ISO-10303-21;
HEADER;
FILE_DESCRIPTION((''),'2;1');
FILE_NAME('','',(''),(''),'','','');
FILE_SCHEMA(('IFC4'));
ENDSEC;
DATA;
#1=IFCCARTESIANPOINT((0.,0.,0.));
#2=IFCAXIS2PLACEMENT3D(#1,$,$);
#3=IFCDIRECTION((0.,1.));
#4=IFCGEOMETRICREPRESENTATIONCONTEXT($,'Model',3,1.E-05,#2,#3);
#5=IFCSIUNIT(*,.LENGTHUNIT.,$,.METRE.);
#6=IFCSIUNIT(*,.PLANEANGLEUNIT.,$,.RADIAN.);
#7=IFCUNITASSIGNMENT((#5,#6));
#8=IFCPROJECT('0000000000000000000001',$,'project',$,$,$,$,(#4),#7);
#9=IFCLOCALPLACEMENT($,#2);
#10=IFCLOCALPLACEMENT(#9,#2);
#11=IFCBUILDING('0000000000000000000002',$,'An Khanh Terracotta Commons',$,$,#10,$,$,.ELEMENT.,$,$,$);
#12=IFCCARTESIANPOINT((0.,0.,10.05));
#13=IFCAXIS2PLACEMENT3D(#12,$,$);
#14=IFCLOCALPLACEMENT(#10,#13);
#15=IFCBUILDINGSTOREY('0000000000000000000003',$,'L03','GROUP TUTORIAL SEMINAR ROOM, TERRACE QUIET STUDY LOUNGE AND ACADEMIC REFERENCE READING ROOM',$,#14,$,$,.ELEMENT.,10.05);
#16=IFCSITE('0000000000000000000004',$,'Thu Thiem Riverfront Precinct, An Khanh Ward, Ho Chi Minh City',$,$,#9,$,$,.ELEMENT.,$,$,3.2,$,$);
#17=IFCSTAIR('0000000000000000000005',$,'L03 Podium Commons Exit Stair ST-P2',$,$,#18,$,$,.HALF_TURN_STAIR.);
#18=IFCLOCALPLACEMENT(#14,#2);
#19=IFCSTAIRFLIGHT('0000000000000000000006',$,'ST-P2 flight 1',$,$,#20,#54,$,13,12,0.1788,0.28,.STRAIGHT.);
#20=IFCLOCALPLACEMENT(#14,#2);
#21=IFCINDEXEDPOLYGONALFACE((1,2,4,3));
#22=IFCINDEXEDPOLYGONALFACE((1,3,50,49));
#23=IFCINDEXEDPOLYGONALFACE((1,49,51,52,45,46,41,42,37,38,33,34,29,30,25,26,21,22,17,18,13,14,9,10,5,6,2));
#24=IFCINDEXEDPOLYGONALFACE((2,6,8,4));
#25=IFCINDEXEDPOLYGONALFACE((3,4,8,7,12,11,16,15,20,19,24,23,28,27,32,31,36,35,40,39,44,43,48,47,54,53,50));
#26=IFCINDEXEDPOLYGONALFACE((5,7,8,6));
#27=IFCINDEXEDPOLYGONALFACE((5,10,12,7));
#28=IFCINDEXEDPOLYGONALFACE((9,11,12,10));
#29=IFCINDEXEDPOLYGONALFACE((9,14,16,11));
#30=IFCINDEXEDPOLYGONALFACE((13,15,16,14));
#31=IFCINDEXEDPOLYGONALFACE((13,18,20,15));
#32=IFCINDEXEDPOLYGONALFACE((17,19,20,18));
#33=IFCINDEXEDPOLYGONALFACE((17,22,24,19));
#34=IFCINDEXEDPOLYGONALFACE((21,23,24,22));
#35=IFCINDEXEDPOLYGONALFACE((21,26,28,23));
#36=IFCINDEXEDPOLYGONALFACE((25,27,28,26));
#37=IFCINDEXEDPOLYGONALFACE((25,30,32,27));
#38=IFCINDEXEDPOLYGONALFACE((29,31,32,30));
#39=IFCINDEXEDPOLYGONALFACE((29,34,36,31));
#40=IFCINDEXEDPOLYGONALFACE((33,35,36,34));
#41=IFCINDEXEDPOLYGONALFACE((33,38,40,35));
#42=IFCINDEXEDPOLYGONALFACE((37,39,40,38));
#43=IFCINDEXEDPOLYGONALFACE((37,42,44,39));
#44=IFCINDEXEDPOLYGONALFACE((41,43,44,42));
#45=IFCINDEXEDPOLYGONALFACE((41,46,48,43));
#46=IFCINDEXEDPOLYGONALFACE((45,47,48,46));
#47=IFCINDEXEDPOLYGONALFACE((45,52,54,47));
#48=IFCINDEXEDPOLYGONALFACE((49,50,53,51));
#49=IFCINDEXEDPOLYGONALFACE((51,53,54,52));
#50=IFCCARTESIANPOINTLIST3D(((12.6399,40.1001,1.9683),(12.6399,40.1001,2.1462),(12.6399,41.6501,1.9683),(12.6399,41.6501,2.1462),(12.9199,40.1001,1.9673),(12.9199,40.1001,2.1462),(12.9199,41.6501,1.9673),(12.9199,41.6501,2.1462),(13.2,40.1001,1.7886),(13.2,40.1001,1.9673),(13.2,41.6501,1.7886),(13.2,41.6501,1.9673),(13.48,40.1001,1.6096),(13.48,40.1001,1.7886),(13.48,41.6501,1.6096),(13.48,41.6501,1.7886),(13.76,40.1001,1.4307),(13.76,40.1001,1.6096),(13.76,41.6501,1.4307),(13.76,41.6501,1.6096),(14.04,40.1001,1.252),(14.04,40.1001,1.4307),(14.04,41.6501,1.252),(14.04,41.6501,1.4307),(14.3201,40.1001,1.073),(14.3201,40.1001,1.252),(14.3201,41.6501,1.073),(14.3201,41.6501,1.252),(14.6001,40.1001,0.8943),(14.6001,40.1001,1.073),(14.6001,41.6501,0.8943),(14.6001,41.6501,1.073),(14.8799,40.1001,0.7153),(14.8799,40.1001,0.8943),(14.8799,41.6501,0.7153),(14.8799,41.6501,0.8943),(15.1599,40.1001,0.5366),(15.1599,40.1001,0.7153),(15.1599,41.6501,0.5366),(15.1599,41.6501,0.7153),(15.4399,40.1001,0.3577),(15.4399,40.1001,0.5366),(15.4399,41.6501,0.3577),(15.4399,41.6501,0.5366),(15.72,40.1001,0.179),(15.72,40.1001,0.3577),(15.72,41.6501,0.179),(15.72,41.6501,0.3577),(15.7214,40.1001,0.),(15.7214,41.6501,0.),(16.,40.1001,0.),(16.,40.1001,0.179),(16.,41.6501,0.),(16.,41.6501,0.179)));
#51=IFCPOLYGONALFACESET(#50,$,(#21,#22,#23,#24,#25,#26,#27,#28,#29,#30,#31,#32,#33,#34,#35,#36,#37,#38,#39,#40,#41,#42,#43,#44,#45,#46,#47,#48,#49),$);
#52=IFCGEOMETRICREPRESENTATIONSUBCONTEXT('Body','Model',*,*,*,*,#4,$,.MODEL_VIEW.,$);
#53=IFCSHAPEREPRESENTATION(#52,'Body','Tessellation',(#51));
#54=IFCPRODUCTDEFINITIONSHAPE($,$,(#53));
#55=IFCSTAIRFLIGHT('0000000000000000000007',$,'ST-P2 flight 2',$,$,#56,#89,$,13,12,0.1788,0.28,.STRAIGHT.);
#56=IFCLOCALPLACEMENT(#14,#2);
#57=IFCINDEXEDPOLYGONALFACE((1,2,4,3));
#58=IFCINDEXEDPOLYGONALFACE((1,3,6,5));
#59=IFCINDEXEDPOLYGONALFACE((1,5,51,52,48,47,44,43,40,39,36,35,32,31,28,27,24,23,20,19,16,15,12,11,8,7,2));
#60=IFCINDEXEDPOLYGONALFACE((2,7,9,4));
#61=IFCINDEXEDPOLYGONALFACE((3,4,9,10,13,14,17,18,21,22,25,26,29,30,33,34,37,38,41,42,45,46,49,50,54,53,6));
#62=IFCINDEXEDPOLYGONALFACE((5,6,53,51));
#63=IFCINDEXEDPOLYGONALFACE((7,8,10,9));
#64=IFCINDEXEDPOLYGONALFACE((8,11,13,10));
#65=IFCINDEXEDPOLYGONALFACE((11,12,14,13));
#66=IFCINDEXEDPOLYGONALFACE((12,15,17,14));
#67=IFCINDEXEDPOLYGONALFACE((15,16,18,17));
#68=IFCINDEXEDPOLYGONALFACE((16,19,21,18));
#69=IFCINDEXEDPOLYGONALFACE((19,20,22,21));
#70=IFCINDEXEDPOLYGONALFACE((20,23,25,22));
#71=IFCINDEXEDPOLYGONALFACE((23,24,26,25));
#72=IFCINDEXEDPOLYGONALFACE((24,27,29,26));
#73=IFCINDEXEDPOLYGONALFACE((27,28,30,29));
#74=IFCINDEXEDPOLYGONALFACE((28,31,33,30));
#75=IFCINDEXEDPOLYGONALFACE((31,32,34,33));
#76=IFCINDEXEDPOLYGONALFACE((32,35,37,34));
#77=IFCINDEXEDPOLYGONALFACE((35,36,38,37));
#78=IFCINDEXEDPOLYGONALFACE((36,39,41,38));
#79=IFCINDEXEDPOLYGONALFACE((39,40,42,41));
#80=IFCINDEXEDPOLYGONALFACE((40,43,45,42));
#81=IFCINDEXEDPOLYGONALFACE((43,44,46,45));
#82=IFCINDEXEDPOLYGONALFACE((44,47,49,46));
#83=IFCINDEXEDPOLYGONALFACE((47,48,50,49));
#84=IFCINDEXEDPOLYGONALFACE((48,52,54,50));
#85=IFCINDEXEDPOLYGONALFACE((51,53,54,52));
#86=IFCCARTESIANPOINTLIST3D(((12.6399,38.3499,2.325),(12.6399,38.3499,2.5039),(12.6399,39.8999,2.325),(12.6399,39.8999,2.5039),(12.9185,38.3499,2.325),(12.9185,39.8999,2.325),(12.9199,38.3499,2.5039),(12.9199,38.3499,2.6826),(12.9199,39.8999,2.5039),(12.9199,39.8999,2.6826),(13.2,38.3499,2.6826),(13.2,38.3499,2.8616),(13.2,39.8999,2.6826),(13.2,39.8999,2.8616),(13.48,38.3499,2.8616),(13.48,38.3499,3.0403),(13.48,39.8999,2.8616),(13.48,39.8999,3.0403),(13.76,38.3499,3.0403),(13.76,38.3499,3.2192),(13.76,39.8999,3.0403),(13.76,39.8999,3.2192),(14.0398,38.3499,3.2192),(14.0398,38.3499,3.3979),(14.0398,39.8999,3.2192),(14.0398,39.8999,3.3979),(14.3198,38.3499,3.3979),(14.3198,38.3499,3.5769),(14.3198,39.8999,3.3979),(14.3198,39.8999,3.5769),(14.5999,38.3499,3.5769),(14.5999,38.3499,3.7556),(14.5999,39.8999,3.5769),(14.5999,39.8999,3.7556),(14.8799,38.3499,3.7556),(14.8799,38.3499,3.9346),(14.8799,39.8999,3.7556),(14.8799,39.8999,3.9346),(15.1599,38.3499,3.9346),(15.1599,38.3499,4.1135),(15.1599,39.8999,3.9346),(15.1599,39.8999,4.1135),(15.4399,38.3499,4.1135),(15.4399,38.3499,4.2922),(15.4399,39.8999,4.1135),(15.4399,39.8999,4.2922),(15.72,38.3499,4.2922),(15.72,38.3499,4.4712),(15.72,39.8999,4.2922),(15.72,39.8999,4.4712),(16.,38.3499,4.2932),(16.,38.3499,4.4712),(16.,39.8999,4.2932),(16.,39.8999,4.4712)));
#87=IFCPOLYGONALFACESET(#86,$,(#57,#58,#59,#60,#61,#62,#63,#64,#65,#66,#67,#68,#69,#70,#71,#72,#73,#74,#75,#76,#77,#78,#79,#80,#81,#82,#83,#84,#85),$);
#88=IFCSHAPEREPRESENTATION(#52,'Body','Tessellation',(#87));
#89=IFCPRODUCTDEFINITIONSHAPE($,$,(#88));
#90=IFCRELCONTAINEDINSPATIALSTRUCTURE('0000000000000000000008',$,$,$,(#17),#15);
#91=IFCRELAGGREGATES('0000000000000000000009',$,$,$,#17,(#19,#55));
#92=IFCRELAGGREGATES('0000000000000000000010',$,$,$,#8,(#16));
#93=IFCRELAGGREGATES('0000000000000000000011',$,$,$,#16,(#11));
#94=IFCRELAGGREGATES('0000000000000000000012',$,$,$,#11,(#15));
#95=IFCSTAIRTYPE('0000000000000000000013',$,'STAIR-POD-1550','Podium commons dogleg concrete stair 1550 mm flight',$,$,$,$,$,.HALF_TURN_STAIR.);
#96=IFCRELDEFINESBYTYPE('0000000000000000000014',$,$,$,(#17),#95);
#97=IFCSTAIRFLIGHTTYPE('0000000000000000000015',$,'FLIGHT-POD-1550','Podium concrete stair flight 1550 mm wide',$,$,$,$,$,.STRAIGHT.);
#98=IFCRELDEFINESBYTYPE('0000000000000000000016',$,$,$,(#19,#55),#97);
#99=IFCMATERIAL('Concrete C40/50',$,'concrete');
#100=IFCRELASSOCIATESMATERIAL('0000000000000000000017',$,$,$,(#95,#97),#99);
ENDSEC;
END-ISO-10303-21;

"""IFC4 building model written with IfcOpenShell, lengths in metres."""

from ifc_helpers import new_model, si_unit, direction, frame, origin, place, context, subcontext, project, spatial, polyline, outline, extrude, material, type_object, element, aggregate, save


model = new_model("IFC4")

# Units and contexts
model_context = context("Model", 3, precision=1e-05, world=origin(), true_north=direction((0.0, 1.0)))
body_context = subcontext(model_context, "Body", "Model", "MODEL_VIEW")
ifc_project = project(units=[si_unit("LENGTHUNIT", "METRE"), si_unit("PLANEANGLEUNIT", "RADIAN")], contexts=[model_context])

# Site, building, storey
site_placement = place(None, origin())
site = spatial("IfcSite", under=ifc_project, at=site_placement, Name="Thu Thiem Riverfront Precinct, An Khanh Ward, Ho Chi Minh City", CompositionType="ELEMENT", RefElevation=3.2)
building_placement = place(site_placement, origin())
building = spatial("IfcBuilding", under=site, at=building_placement, Name="An Khanh Terracotta Commons", CompositionType="ELEMENT")
storey_placement = place(building_placement, frame((0.0, 0.0, 10.05)))
storey = spatial("IfcBuildingStorey", under=building, at=storey_placement, Name="L03", Description="GROUP TUTORIAL SEMINAR ROOM, TERRACE QUIET STUDY LOUNGE AND ACADEMIC REFERENCE READING ROOM", CompositionType="ELEMENT", Elevation=10.05)

# Stair, stair flights
ifc_material_1 = material(Name="Concrete C40/50", Category="concrete")
stair_type = type_object("IfcStairType", Name="STAIR-POD-1550", Description="Podium commons dogleg concrete stair 1550 mm flight", PredefinedType="HALF_TURN_STAIR", material=ifc_material_1)
stair_placement = place(storey_placement, origin())
stair = element("IfcStair", 1, at=stair_placement, inside=storey, type_object=stair_type, Name="L03 Podium Commons Exit Stair ST-P2", PredefinedType="HALF_TURN_STAIR")
stair_flight_type = type_object("IfcStairFlightType", Name="FLIGHT-POD-1550", Description="Podium concrete stair flight 1550 mm wide", PredefinedType="STRAIGHT", material=ifc_material_1)
stair_flight_1_placement = place(storey_placement, frame((16.0, 40.875, 0.0), z_axis=(0.0, 0.0, 1.0), x_axis=(-1.0, 0.0, 0.0)))
stair_flight_1 = element("IfcStairFlight", 2, at=stair_flight_1_placement, type_object=stair_flight_type, Name="ST-P2 flight 1", NumberOfRisers=13, NumberOfTreads=12, PredefinedType="STRAIGHT", RiserHeight=0.1788, TreadLength=0.28, context=body_context, shape_type="SweptSolid", body=[
    extrude(outline(polyline([(0.0, 0.0), (0.0, 0.179), (0.28, 0.179), (0.28, 0.3577), (0.5601, 0.3577), (0.5601, 0.5366), (0.8401, 0.5366), (0.8401, 0.7153), (1.1201, 0.7153), (1.1201, 0.8943), (1.3999, 0.8943), (1.3999, 1.073), (1.6799, 1.073), (1.6799, 1.252), (1.96, 1.252), (1.96, 1.4307), (2.24, 1.4307), (2.24, 1.6096), (2.52, 1.6096), (2.52, 1.7886), (2.8, 1.7886), (2.8, 1.9673), (3.0801, 1.9673), (3.0801, 2.1462), (3.3601, 2.1462), (3.3601, 2.325), (3.3601, 1.9683), (0.2786, 0.0), (0.0, 0.0)])), frame((0.0, 0.7749, 0.0), z_axis=(0.0, -1.0, 0.0), x_axis=(1.0, 0.0, 0.0)), (0.0, 0.0, 1.0), 1.55),
])
stair_flight_2_placement = place(storey_placement, frame((12.6399, 39.125, 2.325), z_axis=(0.0, 0.0, 1.0), x_axis=(1.0, 0.0, 0.0)))
stair_flight_2 = element("IfcStairFlight", 3, at=stair_flight_2_placement, type_object=stair_flight_type, Name="ST-P2 flight 2", NumberOfRisers=13, NumberOfTreads=12, PredefinedType="STRAIGHT", RiserHeight=0.1788, TreadLength=0.28, context=body_context, shape_type="SweptSolid", body=[
    extrude(outline(polyline([(0.0, 0.0), (0.0, 0.179), (0.28, 0.179), (0.28, 0.3577), (0.5601, 0.3577), (0.5601, 0.5366), (0.8401, 0.5366), (0.8401, 0.7153), (1.1201, 0.7153), (1.1201, 0.8943), (1.3999, 0.8943), (1.3999, 1.073), (1.6799, 1.073), (1.6799, 1.252), (1.96, 1.252), (1.96, 1.4307), (2.24, 1.4307), (2.24, 1.6096), (2.52, 1.6096), (2.52, 1.7886), (2.8, 1.7886), (2.8, 1.9673), (3.0801, 1.9673), (3.0801, 2.1462), (3.3601, 2.1462), (3.3601, 2.325), (3.3601, 1.9683), (0.2786, 0.0), (0.0, 0.0)])), frame((0.0, 0.7749, 0.0), z_axis=(0.0, -1.0, 0.0), x_axis=(1.0, 0.0, 0.0)), (0.0, 0.0, 1.0), 1.55),
])
aggregate(stair, [stair_flight_1, stair_flight_2])

save(model, "model.ifc")
